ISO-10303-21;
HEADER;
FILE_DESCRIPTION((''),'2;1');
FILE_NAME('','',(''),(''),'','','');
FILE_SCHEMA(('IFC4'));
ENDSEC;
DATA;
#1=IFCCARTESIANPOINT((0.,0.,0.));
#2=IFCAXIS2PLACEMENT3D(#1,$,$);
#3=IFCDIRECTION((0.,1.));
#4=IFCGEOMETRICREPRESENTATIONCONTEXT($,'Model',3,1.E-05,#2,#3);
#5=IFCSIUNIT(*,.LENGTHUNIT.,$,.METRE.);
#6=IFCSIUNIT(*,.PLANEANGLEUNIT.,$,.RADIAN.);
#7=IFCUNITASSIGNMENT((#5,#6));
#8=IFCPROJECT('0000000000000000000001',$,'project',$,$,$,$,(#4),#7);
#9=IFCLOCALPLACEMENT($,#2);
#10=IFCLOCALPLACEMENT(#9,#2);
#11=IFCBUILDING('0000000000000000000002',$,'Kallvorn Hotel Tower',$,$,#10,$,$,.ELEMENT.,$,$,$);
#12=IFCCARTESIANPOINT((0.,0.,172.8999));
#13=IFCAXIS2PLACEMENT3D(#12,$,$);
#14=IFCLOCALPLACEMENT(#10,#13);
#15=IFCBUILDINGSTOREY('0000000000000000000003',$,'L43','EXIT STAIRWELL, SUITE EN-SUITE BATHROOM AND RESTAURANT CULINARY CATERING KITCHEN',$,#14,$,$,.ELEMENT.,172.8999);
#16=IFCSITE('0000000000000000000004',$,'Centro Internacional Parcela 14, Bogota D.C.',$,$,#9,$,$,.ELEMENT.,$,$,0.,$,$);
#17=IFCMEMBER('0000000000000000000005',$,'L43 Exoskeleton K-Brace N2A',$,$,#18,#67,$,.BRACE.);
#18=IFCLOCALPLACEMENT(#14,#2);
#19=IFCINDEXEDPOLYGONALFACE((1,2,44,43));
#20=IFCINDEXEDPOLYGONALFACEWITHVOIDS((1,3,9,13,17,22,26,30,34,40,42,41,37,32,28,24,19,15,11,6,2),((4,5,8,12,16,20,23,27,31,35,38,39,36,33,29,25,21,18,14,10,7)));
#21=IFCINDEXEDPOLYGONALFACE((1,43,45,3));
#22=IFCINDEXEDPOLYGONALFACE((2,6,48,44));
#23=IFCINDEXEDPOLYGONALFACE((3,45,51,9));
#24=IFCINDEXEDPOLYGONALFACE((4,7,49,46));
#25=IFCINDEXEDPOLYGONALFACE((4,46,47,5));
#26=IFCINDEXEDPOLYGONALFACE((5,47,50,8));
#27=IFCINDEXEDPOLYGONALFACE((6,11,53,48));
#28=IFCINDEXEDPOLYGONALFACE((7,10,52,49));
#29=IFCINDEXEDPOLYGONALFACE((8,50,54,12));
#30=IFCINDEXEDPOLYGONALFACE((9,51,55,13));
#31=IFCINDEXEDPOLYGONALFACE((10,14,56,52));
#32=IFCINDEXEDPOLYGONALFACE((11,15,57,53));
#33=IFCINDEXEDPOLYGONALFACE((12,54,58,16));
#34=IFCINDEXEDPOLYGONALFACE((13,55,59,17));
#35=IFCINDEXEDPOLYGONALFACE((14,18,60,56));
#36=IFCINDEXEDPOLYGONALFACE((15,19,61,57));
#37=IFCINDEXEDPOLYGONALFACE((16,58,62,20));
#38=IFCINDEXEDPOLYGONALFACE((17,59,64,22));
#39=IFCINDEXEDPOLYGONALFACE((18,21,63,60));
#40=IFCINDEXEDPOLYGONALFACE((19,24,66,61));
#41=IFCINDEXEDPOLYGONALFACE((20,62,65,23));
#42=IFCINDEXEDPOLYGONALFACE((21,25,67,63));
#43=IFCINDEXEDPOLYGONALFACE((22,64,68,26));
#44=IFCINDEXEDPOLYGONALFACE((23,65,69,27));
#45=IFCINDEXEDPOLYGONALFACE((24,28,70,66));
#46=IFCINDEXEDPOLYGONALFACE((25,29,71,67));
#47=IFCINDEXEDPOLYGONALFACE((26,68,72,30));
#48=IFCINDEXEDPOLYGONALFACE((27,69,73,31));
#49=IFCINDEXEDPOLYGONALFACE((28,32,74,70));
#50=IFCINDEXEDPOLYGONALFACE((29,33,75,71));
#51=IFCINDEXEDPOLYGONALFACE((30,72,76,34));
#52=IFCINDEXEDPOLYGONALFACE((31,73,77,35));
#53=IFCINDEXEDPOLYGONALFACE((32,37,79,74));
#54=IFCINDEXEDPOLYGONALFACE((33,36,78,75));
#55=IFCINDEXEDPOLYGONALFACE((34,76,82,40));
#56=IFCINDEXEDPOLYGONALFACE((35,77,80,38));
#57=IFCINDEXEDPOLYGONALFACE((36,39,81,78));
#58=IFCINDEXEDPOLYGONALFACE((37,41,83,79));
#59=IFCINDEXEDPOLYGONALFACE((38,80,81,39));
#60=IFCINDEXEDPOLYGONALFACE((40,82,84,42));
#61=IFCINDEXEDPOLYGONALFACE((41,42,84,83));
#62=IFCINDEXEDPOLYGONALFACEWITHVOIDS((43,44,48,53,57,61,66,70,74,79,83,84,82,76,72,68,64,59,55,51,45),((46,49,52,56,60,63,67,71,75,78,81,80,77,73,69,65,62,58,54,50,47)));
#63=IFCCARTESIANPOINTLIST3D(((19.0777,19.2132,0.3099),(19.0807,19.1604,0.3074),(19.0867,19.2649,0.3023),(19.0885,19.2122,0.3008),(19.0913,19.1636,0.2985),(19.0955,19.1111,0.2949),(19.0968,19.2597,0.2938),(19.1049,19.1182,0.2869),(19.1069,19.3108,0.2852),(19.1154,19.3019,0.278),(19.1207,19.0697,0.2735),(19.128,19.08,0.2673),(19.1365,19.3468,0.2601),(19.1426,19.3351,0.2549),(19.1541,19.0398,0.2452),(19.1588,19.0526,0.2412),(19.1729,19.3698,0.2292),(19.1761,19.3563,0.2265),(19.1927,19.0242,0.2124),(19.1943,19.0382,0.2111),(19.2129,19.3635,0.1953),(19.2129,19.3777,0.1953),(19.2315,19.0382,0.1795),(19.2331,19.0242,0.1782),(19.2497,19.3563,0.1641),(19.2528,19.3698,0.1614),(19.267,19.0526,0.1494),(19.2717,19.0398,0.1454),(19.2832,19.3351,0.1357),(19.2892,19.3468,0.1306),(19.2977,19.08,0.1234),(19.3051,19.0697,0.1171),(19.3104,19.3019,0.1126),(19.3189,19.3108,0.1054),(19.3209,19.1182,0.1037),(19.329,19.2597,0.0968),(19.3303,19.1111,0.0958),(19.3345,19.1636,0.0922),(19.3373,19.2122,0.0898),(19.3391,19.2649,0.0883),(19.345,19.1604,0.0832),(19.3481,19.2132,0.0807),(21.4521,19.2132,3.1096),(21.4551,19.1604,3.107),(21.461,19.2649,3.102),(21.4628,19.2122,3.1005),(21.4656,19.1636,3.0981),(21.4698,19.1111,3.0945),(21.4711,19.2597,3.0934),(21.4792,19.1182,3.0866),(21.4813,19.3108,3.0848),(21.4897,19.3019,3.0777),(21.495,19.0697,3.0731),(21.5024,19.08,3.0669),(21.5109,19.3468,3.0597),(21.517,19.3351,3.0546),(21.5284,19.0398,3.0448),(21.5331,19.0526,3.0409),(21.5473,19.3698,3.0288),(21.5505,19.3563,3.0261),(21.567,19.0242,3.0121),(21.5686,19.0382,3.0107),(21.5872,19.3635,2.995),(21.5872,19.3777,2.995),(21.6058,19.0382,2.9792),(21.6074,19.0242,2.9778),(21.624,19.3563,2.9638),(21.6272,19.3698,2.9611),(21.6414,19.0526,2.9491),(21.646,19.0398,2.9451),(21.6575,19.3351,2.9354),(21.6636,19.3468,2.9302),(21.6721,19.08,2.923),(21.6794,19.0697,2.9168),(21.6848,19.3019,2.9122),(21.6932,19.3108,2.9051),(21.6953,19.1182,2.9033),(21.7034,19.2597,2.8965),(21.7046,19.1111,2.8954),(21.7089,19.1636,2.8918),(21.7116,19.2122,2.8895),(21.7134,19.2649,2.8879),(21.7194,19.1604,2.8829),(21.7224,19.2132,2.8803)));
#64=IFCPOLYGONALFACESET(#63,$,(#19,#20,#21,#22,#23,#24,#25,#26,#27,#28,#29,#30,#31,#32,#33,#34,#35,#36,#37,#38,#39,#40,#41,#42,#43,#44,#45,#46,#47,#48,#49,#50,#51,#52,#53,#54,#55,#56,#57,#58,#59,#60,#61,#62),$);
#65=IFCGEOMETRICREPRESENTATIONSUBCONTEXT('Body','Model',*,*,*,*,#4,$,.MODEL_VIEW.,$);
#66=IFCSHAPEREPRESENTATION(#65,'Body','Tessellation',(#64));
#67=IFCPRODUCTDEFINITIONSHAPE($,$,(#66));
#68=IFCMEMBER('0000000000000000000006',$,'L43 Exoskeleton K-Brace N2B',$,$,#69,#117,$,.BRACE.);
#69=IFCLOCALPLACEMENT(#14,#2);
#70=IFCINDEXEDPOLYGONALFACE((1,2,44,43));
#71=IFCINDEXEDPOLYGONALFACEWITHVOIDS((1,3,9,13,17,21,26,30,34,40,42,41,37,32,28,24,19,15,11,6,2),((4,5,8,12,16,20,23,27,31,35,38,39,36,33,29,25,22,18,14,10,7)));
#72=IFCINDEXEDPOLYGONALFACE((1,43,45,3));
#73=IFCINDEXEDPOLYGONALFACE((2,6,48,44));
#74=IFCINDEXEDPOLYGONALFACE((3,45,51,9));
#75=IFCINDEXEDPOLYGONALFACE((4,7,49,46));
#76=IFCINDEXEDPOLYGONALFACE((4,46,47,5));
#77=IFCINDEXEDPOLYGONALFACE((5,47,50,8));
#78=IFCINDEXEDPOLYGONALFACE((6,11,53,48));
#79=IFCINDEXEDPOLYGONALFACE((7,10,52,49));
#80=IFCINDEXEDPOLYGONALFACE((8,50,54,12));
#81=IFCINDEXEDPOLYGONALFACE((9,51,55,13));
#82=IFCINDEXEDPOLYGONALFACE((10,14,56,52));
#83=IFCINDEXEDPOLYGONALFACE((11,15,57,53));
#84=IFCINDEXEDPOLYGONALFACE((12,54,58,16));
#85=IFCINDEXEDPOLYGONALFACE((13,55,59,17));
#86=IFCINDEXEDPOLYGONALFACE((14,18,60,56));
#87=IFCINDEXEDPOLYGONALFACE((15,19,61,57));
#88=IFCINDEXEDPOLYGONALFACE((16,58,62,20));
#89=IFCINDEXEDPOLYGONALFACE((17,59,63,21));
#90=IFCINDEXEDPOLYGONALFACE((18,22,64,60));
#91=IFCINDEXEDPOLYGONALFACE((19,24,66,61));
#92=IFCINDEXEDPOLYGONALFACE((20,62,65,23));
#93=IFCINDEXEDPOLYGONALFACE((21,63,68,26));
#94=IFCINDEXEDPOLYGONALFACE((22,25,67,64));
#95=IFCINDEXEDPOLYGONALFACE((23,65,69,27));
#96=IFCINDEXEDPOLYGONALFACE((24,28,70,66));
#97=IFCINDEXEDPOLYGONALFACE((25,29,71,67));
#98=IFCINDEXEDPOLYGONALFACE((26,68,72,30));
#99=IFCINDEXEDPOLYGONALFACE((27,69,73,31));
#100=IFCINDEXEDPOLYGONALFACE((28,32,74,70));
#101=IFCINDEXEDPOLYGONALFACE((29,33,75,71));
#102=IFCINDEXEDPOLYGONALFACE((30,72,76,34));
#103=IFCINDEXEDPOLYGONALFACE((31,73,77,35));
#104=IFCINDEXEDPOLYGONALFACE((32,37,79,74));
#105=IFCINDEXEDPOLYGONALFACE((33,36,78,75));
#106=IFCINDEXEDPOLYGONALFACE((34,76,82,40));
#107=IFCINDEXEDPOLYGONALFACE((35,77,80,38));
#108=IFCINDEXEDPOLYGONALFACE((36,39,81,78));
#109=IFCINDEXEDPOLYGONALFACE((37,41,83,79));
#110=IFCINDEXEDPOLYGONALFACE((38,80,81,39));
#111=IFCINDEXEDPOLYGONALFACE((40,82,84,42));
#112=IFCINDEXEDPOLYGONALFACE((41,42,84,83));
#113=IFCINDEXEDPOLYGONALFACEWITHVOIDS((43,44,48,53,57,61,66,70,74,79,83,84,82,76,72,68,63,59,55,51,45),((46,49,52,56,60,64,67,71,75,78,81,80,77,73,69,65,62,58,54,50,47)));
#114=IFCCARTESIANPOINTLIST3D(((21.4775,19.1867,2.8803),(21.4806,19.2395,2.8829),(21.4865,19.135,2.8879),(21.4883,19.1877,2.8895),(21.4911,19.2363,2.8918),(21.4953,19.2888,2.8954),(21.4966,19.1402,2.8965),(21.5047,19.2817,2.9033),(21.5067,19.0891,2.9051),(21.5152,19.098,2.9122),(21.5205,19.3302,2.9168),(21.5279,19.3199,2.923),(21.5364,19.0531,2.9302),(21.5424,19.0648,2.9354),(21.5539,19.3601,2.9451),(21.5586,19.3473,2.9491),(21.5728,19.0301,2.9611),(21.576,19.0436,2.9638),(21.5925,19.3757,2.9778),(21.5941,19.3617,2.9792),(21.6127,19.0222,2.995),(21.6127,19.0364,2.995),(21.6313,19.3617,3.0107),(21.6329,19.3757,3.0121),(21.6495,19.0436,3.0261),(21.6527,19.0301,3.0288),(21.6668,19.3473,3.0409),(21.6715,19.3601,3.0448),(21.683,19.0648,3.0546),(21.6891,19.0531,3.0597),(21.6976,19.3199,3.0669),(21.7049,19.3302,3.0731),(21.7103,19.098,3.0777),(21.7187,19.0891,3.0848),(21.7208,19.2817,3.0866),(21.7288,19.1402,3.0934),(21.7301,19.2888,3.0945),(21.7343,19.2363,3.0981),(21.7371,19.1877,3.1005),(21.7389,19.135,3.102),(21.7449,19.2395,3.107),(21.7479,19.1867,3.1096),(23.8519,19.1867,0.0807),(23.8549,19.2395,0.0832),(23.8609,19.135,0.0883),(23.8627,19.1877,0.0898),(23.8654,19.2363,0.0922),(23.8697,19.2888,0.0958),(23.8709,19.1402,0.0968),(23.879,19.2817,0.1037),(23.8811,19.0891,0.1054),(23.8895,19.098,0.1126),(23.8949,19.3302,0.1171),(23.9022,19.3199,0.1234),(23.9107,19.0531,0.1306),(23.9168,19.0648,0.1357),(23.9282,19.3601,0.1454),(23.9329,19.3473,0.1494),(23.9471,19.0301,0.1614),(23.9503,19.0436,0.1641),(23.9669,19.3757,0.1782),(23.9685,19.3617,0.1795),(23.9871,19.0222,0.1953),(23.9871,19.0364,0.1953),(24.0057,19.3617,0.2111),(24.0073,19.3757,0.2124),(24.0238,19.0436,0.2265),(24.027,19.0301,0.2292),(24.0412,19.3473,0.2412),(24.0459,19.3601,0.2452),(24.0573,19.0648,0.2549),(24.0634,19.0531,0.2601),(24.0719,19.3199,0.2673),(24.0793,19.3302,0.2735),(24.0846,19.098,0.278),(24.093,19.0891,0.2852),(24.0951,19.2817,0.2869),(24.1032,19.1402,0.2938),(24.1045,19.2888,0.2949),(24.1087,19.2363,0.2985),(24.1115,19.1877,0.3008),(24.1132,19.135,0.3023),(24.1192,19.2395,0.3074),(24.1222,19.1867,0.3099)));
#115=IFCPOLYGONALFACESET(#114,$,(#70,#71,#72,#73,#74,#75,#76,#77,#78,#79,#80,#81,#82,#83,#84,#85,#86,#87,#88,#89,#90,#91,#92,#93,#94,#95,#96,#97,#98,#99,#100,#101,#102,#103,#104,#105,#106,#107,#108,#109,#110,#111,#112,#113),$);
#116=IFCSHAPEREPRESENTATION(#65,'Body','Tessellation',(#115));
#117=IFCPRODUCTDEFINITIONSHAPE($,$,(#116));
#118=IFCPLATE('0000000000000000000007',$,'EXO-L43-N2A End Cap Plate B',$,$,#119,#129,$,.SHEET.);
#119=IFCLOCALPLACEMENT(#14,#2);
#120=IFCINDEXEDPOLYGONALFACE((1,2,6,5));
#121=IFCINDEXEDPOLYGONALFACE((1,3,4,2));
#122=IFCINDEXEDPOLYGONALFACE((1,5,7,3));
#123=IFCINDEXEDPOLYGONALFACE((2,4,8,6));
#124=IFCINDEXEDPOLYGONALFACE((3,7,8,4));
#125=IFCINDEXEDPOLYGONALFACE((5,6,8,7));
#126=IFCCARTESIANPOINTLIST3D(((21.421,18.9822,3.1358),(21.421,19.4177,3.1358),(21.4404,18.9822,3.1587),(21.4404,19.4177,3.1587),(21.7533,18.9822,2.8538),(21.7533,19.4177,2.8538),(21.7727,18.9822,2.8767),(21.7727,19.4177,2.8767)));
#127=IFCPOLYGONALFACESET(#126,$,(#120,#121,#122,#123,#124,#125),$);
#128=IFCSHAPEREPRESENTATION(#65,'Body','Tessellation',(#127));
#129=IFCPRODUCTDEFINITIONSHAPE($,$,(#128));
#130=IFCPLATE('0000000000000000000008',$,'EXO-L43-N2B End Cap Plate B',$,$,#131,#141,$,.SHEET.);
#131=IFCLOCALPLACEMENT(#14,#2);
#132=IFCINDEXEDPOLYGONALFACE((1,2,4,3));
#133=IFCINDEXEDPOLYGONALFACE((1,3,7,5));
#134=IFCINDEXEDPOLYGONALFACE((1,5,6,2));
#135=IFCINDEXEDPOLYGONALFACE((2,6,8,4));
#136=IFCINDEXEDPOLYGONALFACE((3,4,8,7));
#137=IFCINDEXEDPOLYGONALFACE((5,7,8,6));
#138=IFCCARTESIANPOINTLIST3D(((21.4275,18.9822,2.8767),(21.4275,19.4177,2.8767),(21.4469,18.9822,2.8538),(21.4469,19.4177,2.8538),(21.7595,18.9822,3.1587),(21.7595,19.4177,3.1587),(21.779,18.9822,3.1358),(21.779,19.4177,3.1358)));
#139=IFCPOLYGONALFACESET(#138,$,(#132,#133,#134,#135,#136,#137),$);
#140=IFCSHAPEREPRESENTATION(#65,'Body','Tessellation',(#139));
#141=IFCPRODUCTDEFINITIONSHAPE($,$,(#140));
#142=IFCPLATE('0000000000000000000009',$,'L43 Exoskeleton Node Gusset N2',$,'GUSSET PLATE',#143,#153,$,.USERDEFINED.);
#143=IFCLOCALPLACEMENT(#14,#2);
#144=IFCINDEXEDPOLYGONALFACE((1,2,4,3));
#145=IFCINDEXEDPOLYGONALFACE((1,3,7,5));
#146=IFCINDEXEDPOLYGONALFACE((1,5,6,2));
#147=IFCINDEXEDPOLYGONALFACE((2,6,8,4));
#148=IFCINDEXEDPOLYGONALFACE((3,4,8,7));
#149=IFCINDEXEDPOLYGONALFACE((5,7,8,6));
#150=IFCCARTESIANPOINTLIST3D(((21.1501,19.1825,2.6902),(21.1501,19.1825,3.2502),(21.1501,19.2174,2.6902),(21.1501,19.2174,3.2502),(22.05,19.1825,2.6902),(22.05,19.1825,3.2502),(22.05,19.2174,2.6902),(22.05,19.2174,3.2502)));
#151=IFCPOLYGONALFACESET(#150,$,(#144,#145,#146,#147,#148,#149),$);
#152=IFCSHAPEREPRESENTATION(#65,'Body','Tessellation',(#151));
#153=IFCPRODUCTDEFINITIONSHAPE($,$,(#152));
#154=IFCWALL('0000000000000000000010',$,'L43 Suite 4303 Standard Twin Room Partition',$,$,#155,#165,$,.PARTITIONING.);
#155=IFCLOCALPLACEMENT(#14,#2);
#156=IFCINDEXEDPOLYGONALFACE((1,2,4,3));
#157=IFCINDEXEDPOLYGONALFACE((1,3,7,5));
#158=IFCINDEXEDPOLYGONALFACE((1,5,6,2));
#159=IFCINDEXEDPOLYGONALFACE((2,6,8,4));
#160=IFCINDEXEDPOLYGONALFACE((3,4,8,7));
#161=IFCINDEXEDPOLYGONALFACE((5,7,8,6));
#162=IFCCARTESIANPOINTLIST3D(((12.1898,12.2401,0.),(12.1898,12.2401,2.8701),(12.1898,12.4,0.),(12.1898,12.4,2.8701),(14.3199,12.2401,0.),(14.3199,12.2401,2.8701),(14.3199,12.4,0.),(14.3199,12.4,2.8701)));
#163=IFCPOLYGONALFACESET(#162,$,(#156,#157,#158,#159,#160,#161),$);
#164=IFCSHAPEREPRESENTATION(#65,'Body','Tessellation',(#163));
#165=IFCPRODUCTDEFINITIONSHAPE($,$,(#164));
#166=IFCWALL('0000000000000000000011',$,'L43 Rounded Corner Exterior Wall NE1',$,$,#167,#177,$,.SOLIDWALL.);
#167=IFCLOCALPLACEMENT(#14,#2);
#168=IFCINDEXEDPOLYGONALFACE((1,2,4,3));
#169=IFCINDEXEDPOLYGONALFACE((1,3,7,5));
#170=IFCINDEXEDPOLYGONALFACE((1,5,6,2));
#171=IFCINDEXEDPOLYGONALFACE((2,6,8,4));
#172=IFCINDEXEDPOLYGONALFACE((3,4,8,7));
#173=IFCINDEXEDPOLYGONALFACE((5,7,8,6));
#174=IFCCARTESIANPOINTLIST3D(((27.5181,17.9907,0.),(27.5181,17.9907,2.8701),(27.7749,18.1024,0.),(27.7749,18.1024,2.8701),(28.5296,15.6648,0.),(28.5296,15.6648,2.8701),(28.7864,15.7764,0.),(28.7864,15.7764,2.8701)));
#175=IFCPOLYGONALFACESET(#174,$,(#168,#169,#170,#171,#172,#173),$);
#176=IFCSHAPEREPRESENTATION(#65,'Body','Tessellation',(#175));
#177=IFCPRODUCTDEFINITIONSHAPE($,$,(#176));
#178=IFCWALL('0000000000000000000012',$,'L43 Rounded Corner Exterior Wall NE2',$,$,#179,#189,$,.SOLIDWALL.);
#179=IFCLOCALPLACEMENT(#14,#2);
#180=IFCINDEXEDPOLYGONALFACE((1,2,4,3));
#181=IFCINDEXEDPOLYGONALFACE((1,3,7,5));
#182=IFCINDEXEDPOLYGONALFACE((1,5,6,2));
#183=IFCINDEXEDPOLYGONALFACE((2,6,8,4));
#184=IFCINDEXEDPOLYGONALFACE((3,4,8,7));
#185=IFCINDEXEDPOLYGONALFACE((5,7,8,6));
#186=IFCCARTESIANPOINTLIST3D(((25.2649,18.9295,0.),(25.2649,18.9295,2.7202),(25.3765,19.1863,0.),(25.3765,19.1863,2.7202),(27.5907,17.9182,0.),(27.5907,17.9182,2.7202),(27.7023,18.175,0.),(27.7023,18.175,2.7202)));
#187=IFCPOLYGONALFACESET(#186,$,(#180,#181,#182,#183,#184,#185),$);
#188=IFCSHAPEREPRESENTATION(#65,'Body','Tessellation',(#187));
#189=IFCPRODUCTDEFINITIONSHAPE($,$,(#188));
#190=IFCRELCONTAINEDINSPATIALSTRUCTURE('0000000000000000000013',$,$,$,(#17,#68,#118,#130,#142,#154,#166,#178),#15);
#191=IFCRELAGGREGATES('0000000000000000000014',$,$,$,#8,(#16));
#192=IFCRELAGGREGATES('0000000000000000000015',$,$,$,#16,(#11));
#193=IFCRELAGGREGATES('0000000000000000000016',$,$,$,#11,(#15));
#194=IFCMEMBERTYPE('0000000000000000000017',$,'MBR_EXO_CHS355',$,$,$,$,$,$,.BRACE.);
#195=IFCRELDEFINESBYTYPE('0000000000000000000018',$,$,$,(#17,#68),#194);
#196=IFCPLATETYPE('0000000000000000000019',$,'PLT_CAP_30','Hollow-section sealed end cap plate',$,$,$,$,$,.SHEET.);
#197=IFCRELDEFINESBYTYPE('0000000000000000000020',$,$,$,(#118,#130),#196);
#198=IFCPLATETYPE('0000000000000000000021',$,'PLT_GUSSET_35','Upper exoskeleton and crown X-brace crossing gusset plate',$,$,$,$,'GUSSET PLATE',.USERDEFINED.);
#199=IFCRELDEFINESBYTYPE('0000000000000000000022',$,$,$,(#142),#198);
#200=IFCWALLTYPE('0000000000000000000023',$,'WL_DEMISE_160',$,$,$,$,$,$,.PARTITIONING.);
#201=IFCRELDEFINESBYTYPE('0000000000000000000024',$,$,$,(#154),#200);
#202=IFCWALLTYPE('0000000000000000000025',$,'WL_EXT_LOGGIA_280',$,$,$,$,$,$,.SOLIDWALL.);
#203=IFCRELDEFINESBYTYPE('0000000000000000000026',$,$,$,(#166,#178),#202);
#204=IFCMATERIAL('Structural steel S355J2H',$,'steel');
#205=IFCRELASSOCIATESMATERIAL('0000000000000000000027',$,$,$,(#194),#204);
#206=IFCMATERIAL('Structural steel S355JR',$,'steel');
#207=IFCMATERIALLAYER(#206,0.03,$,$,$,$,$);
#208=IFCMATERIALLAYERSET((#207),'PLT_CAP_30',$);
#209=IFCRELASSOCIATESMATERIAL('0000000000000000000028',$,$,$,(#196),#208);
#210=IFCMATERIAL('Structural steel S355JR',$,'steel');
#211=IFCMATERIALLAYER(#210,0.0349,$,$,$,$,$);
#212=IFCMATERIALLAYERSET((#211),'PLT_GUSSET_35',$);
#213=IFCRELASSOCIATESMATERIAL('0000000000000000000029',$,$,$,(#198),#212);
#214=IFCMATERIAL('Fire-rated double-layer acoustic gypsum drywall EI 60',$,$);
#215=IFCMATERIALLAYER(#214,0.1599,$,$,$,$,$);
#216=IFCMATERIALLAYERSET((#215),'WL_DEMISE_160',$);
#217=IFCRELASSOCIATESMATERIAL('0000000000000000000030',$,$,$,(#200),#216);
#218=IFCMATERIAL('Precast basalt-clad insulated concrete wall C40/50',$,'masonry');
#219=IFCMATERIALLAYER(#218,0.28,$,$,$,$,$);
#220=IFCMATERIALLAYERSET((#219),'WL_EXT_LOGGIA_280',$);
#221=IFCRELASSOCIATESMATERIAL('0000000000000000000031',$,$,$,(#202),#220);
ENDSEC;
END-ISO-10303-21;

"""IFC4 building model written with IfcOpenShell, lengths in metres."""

from ifc_helpers import new_model, si_unit, direction, frame, frame_2d, origin, origin_2d, place, context, subcontext, project, spatial, polyline, rectangle, hollow_circle, outline, extrude, material, layer, layer_set, material_profile, profile_set, type_object, element, save


model = new_model("IFC4")

# Units and contexts
model_context = context("Model", 3, precision=1e-05, world=origin(), true_north=direction((0.0, 1.0)))
body_context = subcontext(model_context, "Body", "Model", "MODEL_VIEW")
ifc_project = project(units=[si_unit("LENGTHUNIT", "METRE"), si_unit("PLANEANGLEUNIT", "RADIAN")], contexts=[model_context])

# Site, building, storey
site_placement = place(None, origin())
site = spatial("IfcSite", under=ifc_project, at=site_placement, Name="Centro Internacional Parcela 14, Bogota D.C.", CompositionType="ELEMENT", RefElevation=0.0)
building_placement = place(site_placement, origin())
building = spatial("IfcBuilding", under=site, at=building_placement, Name="Kallvorn Hotel Tower", CompositionType="ELEMENT")
storey_placement = place(building_placement, frame((0.0, 0.0, 172.8999)))
storey = spatial("IfcBuildingStorey", under=building, at=storey_placement, Name="L43", Description="EXIT STAIRWELL, SUITE EN-SUITE BATHROOM AND RESTAURANT CULINARY CATERING KITCHEN", CompositionType="ELEMENT", Elevation=172.8999)

# Members
ifc_material_1 = material(Name="Structural steel S355J2H", Category="steel")
ifc_material_profile_1 = material_profile(ifc_material_1, hollow_circle(Radius=0.1777, WallThickness=0.0142, at=origin_2d()), Name="CHS 355.6x14.2")
ifc_profile_set_1 = profile_set([ifc_material_profile_1], Name="Structural steel S355J2H")
member_type_1 = type_object("IfcMemberType", Name="MBR_EXO_CHS355", PredefinedType="BRACE", material=ifc_profile_set_1)
for number, where, z_axis, x_axis, name in (
    (1, (19.2129, 19.2, 0.1953), (0.6468, 0.0, 0.762659), (0.0, 1.0, 0.0), "L43 Exoskeleton K-Brace N2A"),
    (2, (23.9871, 19.2, 0.1953), (-0.6468, 0.0, 0.762659), (0.0, -1.0, 0.0), "L43 Exoskeleton K-Brace N2B"),
):
    element("IfcMember", number, at=place(storey_placement, frame(where, z_axis=z_axis, x_axis=x_axis)), inside=storey, type_object=member_type_1, Name=name, PredefinedType="BRACE", context=body_context, shape_type="SweptSolid", body=[
        extrude(hollow_circle(Radius=0.1777, WallThickness=0.0142, at=origin_2d()), origin(), (0.0, 0.0, 1.0), 3.6709),
    ])

# Plates
ifc_material_2 = material(Name="Structural steel S355JR", Category="steel")
ifc_layer_1 = layer(ifc_material_2, 0.03)
ifc_layer_set_1 = layer_set([ifc_layer_1], Name="PLT_CAP_30")
plate_type_1 = type_object("IfcPlateType", Name="PLT_CAP_30", Description="Hollow-section sealed end cap plate", PredefinedType="SHEET", material=ifc_layer_set_1)
plate_1_placement = place(storey_placement, frame((21.7727, 18.9822, 2.8767), z_axis=(0.647047, 0.0, 0.762451), x_axis=(0.0, 1.0, 0.0)))
element("IfcPlate", 3, at=plate_1_placement, inside=storey, type_object=plate_type_1, Name="EXO-L43-N2A End Cap Plate B", PredefinedType="SHEET", context=body_context, shape_type="SweptSolid", body=[
    extrude(outline(polyline([(0.0, 0.0), (0.4355, 0.0), (0.4355, 0.4358), (0.0, 0.4358), (0.0, 0.0)])), origin(), (0.0, 0.0, -1.0), 0.03),
])
plate_2_placement = place(storey_placement, frame((21.4275, 19.4177, 2.8767), z_axis=(-0.647323, 0.0, 0.762216), x_axis=(0.0, -1.0, 0.0)))
element("IfcPlate", 4, at=plate_2_placement, inside=storey, type_object=plate_type_1, Name="EXO-L43-N2B End Cap Plate B", PredefinedType="SHEET", context=body_context, shape_type="SweptSolid", body=[
    extrude(outline(polyline([(0.0, 0.0), (0.4355, 0.0), (0.4355, 0.4356), (0.0, 0.4356), (0.0, 0.0)])), origin(), (0.0, 0.0, -1.0), 0.03),
])
ifc_material_3 = material(Name="Structural steel S355JR", Category="steel")
ifc_layer_2 = layer(ifc_material_3, 0.0349)
ifc_layer_set_2 = layer_set([ifc_layer_2], Name="PLT_GUSSET_35")
plate_type_2 = type_object("IfcPlateType", Name="PLT_GUSSET_35", Description="Upper exoskeleton and crown X-brace crossing gusset plate", ElementType="GUSSET PLATE", PredefinedType="USERDEFINED", material=ifc_layer_set_2)
plate_3_placement = place(storey_placement, frame((21.6001, 19.2, 2.6902), z_axis=(0.0, 0.0, 1.0), x_axis=(1.0, 0.0, 0.0)))
element("IfcPlate", 5, at=plate_3_placement, inside=storey, type_object=plate_type_2, Name="L43 Exoskeleton Node Gusset N2", ObjectType="GUSSET PLATE", PredefinedType="USERDEFINED", context=body_context, shape_type="SweptSolid", body=[
    extrude(rectangle(XDim=0.8999, YDim=0.0349, at=origin_2d()), origin(), (0.0, 0.0, 1.0), 0.5601),
])

# Walls
ifc_material_4 = material(Name="Fire-rated double-layer acoustic gypsum drywall EI 60")
ifc_layer_3 = layer(ifc_material_4, 0.1599)
ifc_layer_set_3 = layer_set([ifc_layer_3], Name="WL_DEMISE_160")
wall_type_1 = type_object("IfcWallType", Name="WL_DEMISE_160", PredefinedType="PARTITIONING", material=ifc_layer_set_3)
wall_1_placement = place(storey_placement, frame((12.1899, 12.3201, 0.0), z_axis=(0.0, 0.0, 1.0), x_axis=(1.0, 0.0, 0.0)))
element("IfcWall", 6, at=wall_1_placement, inside=storey, type_object=wall_type_1, Name="L43 Suite 4303 Standard Twin Room Partition", PredefinedType="PARTITIONING", context=body_context, shape_type="SweptSolid", body=[
    extrude(rectangle(XDim=2.1301, YDim=0.1599, at=frame_2d((1.0649, 0.0))), origin(), (0.0, 0.0, 1.0), 2.8701),
])
ifc_material_5 = material(Name="Precast basalt-clad insulated concrete wall C40/50", Category="masonry")
ifc_layer_4 = layer(ifc_material_5, 0.28)
ifc_layer_set_4 = layer_set([ifc_layer_4], Name="WL_EXT_LOGGIA_280")
wall_type_2 = type_object("IfcWallType", Name="WL_EXT_LOGGIA_280", PredefinedType="SOLIDWALL", material=ifc_layer_set_4)
wall_2_placement = place(storey_placement, frame((28.658, 15.7207, 0.0), z_axis=(0.0, 0.0, 1.0), x_axis=(-0.398793, 0.917041, 0.0)))
element("IfcWall", 7, at=wall_2_placement, inside=storey, type_object=wall_type_2, Name="L43 Rounded Corner Exterior Wall NE1", PredefinedType="SOLIDWALL", context=body_context, shape_type="SweptSolid", body=[
    extrude(rectangle(XDim=2.5364, YDim=0.28, at=frame_2d((1.2681, 0.0))), origin(), (0.0, 0.0, 1.0), 2.8701),
])
wall_3_placement = place(storey_placement, frame((27.6465, 18.0466, 0.0), z_axis=(0.0, 0.0, 1.0), x_axis=(-0.917061, 0.398747, 0.0)))
element("IfcWall", 8, at=wall_3_placement, inside=storey, type_object=wall_type_2, Name="L43 Rounded Corner Exterior Wall NE2", PredefinedType="SOLIDWALL", context=body_context, shape_type="SweptSolid", body=[
    extrude(rectangle(XDim=2.5361, YDim=0.28, at=frame_2d((1.2681, 0.0))), origin(), (0.0, 0.0, 1.0), 2.7202),
])

save(model, "model.ifc")
